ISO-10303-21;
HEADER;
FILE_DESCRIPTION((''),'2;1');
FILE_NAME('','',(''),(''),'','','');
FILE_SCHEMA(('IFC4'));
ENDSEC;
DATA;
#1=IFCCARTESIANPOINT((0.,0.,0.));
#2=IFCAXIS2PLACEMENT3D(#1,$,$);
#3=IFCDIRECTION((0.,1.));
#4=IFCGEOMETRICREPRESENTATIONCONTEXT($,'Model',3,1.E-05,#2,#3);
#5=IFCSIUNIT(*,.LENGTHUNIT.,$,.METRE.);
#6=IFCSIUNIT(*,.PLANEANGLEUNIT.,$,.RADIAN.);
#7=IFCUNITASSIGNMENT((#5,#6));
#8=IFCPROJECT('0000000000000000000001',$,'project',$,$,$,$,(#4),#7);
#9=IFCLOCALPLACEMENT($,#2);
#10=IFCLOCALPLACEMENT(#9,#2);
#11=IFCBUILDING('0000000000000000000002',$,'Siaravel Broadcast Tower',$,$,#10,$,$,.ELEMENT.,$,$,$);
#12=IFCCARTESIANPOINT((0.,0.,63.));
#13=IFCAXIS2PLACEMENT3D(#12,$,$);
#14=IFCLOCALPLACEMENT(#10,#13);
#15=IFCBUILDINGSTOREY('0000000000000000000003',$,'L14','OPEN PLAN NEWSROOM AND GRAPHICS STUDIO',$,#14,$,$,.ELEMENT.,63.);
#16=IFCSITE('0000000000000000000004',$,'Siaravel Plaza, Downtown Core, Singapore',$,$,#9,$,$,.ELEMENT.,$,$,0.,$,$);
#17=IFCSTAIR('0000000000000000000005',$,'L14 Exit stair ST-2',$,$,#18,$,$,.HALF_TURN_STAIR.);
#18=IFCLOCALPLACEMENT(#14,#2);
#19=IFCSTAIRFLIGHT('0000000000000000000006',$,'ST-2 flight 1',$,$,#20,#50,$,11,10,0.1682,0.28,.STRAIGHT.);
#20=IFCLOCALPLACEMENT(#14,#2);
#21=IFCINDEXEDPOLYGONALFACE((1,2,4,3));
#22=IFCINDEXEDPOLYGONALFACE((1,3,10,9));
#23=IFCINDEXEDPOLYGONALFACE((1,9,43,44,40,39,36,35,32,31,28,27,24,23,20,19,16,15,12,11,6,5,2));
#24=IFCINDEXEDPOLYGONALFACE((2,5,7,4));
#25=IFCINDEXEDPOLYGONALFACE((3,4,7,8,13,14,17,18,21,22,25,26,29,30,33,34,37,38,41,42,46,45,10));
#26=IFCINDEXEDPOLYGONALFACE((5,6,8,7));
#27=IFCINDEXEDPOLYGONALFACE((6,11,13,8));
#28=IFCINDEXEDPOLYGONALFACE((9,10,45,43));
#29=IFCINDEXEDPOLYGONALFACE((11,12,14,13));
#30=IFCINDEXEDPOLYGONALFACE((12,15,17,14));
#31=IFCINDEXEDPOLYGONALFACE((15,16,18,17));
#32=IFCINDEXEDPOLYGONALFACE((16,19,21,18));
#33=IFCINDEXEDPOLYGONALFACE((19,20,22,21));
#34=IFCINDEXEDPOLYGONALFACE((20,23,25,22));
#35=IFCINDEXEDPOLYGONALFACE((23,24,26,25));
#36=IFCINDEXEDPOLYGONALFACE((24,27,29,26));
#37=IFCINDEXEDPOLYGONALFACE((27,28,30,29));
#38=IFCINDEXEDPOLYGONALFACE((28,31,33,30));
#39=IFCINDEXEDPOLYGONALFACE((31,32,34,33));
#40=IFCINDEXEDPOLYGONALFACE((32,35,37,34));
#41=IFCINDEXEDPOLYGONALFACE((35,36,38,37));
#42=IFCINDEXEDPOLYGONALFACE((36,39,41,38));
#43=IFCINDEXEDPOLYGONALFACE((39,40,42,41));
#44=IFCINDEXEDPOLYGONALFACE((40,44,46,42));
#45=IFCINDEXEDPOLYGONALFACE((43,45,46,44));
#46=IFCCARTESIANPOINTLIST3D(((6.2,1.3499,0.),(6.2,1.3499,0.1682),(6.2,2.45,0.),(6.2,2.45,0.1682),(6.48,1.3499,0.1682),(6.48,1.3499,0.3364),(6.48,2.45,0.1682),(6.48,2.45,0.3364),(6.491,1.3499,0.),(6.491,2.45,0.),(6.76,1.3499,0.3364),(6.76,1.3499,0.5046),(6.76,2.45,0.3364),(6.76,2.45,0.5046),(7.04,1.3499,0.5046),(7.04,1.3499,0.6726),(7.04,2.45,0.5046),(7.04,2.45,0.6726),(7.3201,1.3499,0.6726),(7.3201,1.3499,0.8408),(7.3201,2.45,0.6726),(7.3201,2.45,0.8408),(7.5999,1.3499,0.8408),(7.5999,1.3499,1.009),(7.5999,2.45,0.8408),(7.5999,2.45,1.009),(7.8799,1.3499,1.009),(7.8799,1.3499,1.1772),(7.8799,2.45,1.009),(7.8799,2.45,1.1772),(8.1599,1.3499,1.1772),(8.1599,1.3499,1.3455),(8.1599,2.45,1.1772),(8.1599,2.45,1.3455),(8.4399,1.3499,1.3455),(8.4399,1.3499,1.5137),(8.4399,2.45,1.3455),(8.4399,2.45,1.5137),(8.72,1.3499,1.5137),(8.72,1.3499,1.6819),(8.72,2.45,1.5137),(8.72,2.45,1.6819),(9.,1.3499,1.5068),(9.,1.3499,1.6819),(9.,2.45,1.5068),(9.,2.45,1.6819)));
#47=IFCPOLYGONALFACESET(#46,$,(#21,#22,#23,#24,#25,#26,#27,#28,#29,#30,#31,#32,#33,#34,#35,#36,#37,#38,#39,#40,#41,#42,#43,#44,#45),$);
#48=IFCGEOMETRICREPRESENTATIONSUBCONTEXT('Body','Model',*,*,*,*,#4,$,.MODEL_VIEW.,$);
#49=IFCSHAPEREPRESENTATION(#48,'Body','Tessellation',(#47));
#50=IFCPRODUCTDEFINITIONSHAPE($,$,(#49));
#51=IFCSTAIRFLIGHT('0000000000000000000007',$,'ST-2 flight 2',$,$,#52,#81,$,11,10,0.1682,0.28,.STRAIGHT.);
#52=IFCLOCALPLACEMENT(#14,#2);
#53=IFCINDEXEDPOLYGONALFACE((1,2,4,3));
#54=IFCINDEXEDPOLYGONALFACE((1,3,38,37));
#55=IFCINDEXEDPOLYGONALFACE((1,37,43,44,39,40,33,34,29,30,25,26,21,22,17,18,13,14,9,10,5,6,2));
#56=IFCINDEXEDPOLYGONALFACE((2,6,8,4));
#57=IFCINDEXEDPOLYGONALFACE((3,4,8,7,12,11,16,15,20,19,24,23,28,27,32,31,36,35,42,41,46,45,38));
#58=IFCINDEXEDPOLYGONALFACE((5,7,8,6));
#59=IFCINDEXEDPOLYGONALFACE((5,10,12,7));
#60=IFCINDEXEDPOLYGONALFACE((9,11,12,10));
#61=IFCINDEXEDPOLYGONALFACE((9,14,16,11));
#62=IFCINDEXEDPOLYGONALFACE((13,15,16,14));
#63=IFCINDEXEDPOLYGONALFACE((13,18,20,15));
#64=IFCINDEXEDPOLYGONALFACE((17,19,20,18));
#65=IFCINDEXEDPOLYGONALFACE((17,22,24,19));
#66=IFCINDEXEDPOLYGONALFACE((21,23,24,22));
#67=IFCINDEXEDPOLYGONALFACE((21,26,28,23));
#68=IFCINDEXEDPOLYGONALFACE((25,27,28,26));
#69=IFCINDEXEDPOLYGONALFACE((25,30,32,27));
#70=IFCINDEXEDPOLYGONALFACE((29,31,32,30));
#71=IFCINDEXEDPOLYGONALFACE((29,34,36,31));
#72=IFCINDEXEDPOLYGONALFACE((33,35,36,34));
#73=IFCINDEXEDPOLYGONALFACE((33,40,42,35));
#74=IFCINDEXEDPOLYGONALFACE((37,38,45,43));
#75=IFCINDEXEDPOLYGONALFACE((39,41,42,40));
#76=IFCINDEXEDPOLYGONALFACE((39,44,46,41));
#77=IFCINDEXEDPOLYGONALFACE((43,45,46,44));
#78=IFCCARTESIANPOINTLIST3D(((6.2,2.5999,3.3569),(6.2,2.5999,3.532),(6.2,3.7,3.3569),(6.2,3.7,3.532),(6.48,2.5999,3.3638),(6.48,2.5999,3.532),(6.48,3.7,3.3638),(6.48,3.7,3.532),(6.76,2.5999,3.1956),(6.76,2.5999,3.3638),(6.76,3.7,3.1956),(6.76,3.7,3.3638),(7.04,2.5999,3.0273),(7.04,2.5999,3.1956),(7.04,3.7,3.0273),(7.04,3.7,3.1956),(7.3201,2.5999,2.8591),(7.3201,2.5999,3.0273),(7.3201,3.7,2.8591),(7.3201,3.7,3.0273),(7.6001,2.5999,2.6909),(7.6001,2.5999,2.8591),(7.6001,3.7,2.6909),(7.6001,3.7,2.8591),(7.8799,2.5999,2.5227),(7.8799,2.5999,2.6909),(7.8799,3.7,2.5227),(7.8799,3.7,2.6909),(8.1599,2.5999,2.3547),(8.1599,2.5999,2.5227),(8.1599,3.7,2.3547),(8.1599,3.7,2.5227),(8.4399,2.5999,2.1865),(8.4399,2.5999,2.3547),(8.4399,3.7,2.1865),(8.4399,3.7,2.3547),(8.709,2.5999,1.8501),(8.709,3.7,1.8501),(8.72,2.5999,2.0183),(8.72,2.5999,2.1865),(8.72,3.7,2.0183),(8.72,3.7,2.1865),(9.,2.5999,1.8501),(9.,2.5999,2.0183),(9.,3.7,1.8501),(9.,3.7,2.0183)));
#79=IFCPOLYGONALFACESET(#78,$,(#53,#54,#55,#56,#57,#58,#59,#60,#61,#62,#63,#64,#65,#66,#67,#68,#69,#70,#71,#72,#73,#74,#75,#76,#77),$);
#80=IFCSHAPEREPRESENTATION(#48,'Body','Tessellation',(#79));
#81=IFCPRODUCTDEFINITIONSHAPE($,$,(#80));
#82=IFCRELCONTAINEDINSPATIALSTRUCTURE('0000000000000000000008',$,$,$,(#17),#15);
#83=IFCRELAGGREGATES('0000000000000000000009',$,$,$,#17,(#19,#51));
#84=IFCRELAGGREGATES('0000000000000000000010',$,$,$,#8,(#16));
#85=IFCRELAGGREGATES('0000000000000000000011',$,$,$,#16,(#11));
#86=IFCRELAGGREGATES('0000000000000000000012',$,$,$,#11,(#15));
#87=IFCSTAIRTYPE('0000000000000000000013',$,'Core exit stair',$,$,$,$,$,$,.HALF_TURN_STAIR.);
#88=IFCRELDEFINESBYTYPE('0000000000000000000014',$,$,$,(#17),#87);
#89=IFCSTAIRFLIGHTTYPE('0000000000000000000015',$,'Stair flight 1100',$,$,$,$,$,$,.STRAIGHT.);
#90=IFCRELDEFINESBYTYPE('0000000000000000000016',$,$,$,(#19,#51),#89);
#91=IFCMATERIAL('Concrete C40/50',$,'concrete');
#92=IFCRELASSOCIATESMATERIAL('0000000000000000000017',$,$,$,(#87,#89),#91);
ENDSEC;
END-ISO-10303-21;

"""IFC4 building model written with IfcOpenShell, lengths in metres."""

from ifc_helpers import new_model, si_unit, direction, frame, origin, place, context, subcontext, project, spatial, polyline, outline, extrude, material, type_object, element, aggregate, save


model = new_model("IFC4")

# Units and contexts
model_context = context("Model", 3, precision=1e-05, world=origin(), true_north=direction((0.0, 1.0)))
body_context = subcontext(model_context, "Body", "Model", "MODEL_VIEW")
ifc_project = project(units=[si_unit("LENGTHUNIT", "METRE"), si_unit("PLANEANGLEUNIT", "RADIAN")], contexts=[model_context])

# Site, building, storey
site_placement = place(None, origin())
site = spatial("IfcSite", under=ifc_project, at=site_placement, Name="Siaravel Plaza, Downtown Core, Singapore", CompositionType="ELEMENT", RefElevation=0.0)
building_placement = place(site_placement, origin())
building = spatial("IfcBuilding", under=site, at=building_placement, Name="Siaravel Broadcast Tower", CompositionType="ELEMENT")
storey_placement = place(building_placement, frame((0.0, 0.0, 63.0)))
storey = spatial("IfcBuildingStorey", under=building, at=storey_placement, Name="L14", Description="OPEN PLAN NEWSROOM AND GRAPHICS STUDIO", CompositionType="ELEMENT", Elevation=63.0)

# Stair, stair flights
ifc_material_1 = material(Name="Concrete C40/50", Category="concrete")
stair_type = type_object("IfcStairType", Name="Core exit stair", PredefinedType="HALF_TURN_STAIR", material=ifc_material_1)
stair_placement = place(storey_placement, origin())
stair = element("IfcStair", 1, at=stair_placement, inside=storey, type_object=stair_type, Name="L14 Exit stair ST-2", PredefinedType="HALF_TURN_STAIR")
stair_flight_type = type_object("IfcStairFlightType", Name="Stair flight 1100", PredefinedType="STRAIGHT", material=ifc_material_1)
stair_flight_1_placement = place(storey_placement, frame((6.2, 1.8999, 0.0), z_axis=(0.0, 0.0, 1.0), x_axis=(1.0, 0.0, 0.0)))
stair_flight_1 = element("IfcStairFlight", 2, at=stair_flight_1_placement, type_object=stair_flight_type, Name="ST-2 flight 1", NumberOfRisers=11, NumberOfTreads=10, PredefinedType="STRAIGHT", RiserHeight=0.1682, TreadLength=0.28, context=body_context, shape_type="SweptSolid", body=[
    extrude(outline(polyline([(0.0, 0.0), (0.0, 0.1682), (0.28, 0.1682), (0.28, 0.3364), (0.5601, 0.3364), (0.5601, 0.5046), (0.8401, 0.5046), (0.8401, 0.6726), (1.1201, 0.6726), (1.1201, 0.8408), (1.3999, 0.8408), (1.3999, 1.009), (1.6799, 1.009), (1.6799, 1.1772), (1.96, 1.1772), (1.96, 1.3455), (2.24, 1.3455), (2.24, 1.5137), (2.52, 1.5137), (2.52, 1.6819), (2.8, 1.6819), (2.8, 1.8501), (2.8, 1.5068), (0.291, 0.0), (0.0, 0.0)])), frame((0.0, 0.55, 0.0), z_axis=(0.0, -1.0, 0.0), x_axis=(1.0, 0.0, 0.0)), (0.0, 0.0, 1.0), 1.1001),
])
stair_flight_2_placement = place(storey_placement, frame((9.0, 3.1499, 1.8501), z_axis=(0.0, 0.0, 1.0), x_axis=(-1.0, 0.0, 0.0)))
stair_flight_2 = element("IfcStairFlight", 3, at=stair_flight_2_placement, type_object=stair_flight_type, Name="ST-2 flight 2", NumberOfRisers=11, NumberOfTreads=10, PredefinedType="STRAIGHT", RiserHeight=0.1682, TreadLength=0.28, context=body_context, shape_type="SweptSolid", body=[
    extrude(outline(polyline([(0.0, 0.0), (0.0, 0.1682), (0.28, 0.1682), (0.28, 0.3364), (0.5601, 0.3364), (0.5601, 0.5046), (0.8401, 0.5046), (0.8401, 0.6726), (1.1201, 0.6726), (1.1201, 0.8408), (1.3999, 0.8408), (1.3999, 1.009), (1.6799, 1.009), (1.6799, 1.1772), (1.96, 1.1772), (1.96, 1.3455), (2.24, 1.3455), (2.24, 1.5137), (2.52, 1.5137), (2.52, 1.6819), (2.8, 1.6819), (2.8, 1.8501), (2.8, 1.5068), (0.291, 0.0), (0.0, 0.0)])), frame((0.0, 0.55, 0.0), z_axis=(0.0, -1.0, 0.0), x_axis=(1.0, 0.0, 0.0)), (0.0, 0.0, 1.0), 1.1001),
])
aggregate(stair, [stair_flight_1, stair_flight_2])

save(model, "model.ifc")
